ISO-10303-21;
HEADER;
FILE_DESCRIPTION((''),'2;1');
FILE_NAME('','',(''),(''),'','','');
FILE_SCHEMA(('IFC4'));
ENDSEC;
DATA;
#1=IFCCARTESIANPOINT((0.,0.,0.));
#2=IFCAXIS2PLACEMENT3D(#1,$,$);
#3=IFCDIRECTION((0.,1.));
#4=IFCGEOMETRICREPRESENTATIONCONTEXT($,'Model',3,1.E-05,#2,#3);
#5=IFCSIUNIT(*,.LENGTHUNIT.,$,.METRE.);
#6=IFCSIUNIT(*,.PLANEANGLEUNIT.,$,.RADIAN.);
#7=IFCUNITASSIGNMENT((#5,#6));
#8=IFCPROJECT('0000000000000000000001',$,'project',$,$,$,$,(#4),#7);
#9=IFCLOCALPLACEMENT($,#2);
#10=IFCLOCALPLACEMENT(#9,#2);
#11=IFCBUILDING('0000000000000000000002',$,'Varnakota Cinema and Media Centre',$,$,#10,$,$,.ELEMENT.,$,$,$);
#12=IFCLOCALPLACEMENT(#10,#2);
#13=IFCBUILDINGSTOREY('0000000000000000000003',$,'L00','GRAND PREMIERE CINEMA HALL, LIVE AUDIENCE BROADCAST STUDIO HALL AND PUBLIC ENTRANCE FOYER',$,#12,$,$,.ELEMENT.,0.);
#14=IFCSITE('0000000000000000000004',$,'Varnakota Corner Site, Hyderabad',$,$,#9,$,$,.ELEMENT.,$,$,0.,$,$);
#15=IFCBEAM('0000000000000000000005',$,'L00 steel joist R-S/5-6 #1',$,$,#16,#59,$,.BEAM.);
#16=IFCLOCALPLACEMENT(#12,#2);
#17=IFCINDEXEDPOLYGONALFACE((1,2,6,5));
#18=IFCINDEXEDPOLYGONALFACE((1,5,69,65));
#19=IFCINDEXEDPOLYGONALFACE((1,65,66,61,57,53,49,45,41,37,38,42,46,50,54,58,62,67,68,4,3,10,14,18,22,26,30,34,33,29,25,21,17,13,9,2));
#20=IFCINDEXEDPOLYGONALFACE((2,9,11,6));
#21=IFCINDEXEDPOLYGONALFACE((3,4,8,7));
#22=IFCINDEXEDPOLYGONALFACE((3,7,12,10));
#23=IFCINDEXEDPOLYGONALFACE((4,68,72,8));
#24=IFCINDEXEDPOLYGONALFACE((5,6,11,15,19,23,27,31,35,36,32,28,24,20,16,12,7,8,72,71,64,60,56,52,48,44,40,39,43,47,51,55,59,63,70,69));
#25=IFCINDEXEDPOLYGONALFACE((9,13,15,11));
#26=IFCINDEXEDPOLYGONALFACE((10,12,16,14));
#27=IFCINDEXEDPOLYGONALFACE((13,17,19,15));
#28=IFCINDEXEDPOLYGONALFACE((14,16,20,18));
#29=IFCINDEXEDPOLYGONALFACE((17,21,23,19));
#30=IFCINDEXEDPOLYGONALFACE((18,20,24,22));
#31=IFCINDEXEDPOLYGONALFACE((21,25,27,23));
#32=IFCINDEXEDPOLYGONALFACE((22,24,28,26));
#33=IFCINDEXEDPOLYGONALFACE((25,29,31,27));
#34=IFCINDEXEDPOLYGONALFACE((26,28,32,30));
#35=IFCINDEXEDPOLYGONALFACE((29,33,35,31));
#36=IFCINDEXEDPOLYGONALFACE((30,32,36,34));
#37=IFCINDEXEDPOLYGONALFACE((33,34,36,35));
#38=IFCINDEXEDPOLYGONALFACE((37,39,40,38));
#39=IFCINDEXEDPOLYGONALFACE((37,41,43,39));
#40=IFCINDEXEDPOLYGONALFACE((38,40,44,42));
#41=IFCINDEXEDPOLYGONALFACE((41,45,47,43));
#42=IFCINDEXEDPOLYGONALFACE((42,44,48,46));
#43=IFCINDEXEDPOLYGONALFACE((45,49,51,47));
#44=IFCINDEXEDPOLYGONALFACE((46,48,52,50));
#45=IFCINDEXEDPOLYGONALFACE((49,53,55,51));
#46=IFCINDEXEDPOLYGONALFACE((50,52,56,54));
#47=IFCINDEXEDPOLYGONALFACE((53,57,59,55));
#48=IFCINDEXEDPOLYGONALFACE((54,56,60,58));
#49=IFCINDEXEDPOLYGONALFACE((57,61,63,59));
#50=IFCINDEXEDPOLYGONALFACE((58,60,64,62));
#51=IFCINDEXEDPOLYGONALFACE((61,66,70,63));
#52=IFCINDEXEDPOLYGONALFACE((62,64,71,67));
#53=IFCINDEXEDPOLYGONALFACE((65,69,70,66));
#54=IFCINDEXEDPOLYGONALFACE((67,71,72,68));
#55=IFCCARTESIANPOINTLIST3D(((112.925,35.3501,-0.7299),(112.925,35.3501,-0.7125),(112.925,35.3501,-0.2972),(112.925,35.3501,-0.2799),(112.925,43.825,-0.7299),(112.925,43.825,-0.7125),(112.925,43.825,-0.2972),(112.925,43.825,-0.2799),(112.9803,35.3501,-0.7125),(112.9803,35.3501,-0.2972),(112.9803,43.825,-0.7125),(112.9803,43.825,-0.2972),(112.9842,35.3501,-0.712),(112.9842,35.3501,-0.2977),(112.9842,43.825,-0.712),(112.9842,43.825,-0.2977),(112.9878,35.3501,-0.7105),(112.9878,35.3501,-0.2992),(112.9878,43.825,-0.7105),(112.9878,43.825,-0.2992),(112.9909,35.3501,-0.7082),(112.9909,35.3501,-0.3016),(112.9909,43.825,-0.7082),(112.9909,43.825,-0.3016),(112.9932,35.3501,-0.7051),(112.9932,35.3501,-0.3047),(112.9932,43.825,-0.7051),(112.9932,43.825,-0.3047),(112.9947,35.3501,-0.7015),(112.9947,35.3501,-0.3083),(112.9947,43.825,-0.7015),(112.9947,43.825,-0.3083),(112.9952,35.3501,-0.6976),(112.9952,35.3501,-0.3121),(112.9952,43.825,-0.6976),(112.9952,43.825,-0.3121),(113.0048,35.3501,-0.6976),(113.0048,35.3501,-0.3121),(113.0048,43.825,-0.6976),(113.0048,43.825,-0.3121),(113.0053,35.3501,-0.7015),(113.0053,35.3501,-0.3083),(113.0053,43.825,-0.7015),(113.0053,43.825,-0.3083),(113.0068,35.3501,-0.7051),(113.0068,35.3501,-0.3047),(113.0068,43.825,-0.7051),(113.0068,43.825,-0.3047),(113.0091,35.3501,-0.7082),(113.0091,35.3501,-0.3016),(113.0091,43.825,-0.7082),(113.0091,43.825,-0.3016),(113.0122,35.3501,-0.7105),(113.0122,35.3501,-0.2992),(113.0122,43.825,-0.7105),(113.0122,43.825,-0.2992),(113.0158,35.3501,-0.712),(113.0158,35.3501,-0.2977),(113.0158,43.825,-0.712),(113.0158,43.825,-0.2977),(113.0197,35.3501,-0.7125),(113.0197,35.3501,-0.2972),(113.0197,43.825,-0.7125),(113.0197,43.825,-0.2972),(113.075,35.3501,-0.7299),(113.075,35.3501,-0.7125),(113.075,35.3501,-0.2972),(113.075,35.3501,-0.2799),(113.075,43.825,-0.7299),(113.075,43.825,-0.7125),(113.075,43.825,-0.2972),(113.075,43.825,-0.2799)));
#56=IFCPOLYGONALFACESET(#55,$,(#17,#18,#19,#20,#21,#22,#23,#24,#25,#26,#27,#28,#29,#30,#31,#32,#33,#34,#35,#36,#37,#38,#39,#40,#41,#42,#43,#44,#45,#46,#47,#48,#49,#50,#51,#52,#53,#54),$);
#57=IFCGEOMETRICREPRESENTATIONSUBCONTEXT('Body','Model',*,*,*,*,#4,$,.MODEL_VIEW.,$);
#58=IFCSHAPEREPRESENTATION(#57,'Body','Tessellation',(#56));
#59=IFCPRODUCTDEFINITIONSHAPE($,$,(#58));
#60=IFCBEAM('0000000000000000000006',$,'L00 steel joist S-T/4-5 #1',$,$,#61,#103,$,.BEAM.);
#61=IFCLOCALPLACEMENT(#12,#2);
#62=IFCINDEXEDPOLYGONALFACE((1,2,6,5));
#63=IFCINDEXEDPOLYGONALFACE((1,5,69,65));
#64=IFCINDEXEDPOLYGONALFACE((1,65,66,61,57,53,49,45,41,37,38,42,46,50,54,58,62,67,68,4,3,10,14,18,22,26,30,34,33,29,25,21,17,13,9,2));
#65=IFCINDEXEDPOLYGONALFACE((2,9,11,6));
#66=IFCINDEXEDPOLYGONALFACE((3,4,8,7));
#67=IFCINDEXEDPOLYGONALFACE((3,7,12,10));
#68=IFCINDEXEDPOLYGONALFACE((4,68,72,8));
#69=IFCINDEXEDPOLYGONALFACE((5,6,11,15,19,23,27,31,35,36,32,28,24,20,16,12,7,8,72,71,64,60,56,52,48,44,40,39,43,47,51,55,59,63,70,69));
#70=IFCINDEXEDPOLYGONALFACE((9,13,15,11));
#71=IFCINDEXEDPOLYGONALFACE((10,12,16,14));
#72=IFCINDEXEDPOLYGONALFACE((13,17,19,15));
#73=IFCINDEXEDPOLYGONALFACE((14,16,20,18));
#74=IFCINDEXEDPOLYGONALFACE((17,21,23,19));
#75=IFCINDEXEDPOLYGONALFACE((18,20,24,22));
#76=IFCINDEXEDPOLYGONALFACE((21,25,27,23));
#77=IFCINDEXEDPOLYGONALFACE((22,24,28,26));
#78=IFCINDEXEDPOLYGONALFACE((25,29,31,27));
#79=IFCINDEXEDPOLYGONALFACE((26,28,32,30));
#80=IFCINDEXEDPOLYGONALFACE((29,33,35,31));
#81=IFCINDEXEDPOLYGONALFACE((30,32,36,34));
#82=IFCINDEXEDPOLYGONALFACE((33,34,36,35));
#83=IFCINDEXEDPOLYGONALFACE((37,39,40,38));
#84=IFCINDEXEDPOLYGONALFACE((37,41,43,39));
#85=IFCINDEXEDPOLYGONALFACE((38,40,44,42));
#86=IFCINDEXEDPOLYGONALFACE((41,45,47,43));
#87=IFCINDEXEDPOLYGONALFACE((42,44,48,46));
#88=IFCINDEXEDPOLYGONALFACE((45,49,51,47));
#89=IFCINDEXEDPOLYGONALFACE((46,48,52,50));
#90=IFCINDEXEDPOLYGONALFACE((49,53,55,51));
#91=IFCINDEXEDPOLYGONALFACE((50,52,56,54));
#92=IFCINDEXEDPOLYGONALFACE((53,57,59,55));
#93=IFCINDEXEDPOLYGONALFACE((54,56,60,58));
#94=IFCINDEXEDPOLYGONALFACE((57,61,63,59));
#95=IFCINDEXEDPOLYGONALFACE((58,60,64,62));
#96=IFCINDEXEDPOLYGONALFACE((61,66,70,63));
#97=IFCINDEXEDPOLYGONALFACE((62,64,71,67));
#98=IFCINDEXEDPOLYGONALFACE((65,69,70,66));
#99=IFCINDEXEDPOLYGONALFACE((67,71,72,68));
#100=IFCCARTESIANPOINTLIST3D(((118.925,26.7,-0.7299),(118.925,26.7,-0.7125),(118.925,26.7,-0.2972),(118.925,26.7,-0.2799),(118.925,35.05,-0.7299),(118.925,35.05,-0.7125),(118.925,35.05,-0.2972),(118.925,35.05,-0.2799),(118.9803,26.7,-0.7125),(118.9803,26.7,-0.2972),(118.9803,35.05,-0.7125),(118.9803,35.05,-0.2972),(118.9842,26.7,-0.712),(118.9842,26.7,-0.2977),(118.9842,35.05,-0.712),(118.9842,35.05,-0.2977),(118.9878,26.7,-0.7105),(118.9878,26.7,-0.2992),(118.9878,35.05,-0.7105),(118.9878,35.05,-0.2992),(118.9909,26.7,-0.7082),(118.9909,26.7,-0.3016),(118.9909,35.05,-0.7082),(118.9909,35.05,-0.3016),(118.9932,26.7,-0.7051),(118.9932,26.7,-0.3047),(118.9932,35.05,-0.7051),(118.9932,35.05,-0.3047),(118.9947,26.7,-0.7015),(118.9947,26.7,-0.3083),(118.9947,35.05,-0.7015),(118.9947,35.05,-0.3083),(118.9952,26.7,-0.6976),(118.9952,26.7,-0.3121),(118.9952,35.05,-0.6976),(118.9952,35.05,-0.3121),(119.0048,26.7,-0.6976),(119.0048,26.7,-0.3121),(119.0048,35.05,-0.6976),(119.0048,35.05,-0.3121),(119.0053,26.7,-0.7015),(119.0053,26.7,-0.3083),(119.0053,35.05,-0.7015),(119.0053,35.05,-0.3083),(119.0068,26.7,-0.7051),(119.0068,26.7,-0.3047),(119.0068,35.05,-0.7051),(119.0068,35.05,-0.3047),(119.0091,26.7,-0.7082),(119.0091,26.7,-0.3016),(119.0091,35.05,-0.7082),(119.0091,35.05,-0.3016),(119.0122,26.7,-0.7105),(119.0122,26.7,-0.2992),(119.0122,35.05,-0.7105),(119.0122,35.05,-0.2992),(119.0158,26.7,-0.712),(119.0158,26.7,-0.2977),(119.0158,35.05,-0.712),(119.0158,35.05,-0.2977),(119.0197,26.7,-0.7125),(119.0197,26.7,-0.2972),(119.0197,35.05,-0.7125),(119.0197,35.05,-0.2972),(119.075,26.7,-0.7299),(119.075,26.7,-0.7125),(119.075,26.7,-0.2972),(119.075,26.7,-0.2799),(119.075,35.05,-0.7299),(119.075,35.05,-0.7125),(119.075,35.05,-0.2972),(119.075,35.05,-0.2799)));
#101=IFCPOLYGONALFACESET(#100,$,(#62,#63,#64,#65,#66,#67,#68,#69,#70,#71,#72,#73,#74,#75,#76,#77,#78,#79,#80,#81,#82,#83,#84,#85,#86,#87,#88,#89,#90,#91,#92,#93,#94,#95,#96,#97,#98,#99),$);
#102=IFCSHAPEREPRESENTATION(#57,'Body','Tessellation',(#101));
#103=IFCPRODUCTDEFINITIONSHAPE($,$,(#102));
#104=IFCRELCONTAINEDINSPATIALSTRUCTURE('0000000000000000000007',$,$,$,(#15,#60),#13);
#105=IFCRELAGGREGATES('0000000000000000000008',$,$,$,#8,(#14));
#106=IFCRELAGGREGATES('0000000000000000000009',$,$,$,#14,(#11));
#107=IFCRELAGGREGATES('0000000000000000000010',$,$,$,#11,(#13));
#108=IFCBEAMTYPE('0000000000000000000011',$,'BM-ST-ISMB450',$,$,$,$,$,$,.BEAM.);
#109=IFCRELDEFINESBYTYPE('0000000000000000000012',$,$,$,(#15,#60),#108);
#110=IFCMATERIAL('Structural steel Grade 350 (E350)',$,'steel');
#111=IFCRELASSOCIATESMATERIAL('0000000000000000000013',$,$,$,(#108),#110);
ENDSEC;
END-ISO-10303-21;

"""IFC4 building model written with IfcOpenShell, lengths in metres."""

from ifc_helpers import new_model, si_unit, direction, frame, origin, origin_2d, place, context, subcontext, project, spatial, i_section, extrude, material, material_profile, profile_set, type_object, element, save


model = new_model("IFC4")

# Units and contexts
model_context = context("Model", 3, precision=1e-05, world=origin(), true_north=direction((0.0, 1.0)))
body_context = subcontext(model_context, "Body", "Model", "MODEL_VIEW")
ifc_project = project(units=[si_unit("LENGTHUNIT", "METRE"), si_unit("PLANEANGLEUNIT", "RADIAN")], contexts=[model_context])

# Site, building, storey
site_placement = place(None, origin())
site = spatial("IfcSite", under=ifc_project, at=site_placement, Name="Varnakota Corner Site, Hyderabad", CompositionType="ELEMENT", RefElevation=0.0)
building_placement = place(site_placement, origin())
building = spatial("IfcBuilding", under=site, at=building_placement, Name="Varnakota Cinema and Media Centre", CompositionType="ELEMENT")
storey_placement = place(building_placement, origin())
storey = spatial("IfcBuildingStorey", under=building, at=storey_placement, Name="L00", Description="GRAND PREMIERE CINEMA HALL, LIVE AUDIENCE BROADCAST STUDIO HALL AND PUBLIC ENTRANCE FOYER", CompositionType="ELEMENT", Elevation=0.0)

# Beams
ifc_material_1 = material(Name="Structural steel Grade 350 (E350)", Category="steel")
ifc_material_profile_1 = material_profile(ifc_material_1, i_section(OverallWidth=0.1499, OverallDepth=0.45, WebThickness=0.0095, FlangeThickness=0.0173, FilletRadius=0.0149, at=origin_2d()), Name="ISMB 450")
ifc_profile_set_1 = profile_set([ifc_material_profile_1], Name="Structural steel Grade 350 (E350)")
beam_type_1 = type_object("IfcBeamType", Name="BM-ST-ISMB450", PredefinedType="BEAM", material=ifc_profile_set_1)
beam_1_placement = place(storey_placement, frame((113.0, 35.3501, -0.5049), z_axis=(0.0, 1.0, 0.0), x_axis=(-1.0, 0.0, 0.0)))
element("IfcBeam", 1, at=beam_1_placement, inside=storey, type_object=beam_type_1, Name="L00 steel joist R-S/5-6 #1", PredefinedType="BEAM", context=body_context, shape_type="SweptSolid", body=[
    extrude(i_section(OverallWidth=0.1499, OverallDepth=0.45, WebThickness=0.0095, FlangeThickness=0.0173, FilletRadius=0.0149, at=origin_2d()), origin(), (0.0, 0.0, 1.0), 8.4749),
])
beam_2_placement = place(storey_placement, frame((119.0, 26.7, -0.5049), z_axis=(0.0, 1.0, 0.0), x_axis=(-1.0, 0.0, 0.0)))
element("IfcBeam", 2, at=beam_2_placement, inside=storey, type_object=beam_type_1, Name="L00 steel joist S-T/4-5 #1", PredefinedType="BEAM", context=body_context, shape_type="SweptSolid", body=[
    extrude(i_section(OverallWidth=0.1499, OverallDepth=0.45, WebThickness=0.0095, FlangeThickness=0.0173, FilletRadius=0.0149, at=origin_2d()), origin(), (0.0, 0.0, 1.0), 8.3501),
])

save(model, "model.ifc")
